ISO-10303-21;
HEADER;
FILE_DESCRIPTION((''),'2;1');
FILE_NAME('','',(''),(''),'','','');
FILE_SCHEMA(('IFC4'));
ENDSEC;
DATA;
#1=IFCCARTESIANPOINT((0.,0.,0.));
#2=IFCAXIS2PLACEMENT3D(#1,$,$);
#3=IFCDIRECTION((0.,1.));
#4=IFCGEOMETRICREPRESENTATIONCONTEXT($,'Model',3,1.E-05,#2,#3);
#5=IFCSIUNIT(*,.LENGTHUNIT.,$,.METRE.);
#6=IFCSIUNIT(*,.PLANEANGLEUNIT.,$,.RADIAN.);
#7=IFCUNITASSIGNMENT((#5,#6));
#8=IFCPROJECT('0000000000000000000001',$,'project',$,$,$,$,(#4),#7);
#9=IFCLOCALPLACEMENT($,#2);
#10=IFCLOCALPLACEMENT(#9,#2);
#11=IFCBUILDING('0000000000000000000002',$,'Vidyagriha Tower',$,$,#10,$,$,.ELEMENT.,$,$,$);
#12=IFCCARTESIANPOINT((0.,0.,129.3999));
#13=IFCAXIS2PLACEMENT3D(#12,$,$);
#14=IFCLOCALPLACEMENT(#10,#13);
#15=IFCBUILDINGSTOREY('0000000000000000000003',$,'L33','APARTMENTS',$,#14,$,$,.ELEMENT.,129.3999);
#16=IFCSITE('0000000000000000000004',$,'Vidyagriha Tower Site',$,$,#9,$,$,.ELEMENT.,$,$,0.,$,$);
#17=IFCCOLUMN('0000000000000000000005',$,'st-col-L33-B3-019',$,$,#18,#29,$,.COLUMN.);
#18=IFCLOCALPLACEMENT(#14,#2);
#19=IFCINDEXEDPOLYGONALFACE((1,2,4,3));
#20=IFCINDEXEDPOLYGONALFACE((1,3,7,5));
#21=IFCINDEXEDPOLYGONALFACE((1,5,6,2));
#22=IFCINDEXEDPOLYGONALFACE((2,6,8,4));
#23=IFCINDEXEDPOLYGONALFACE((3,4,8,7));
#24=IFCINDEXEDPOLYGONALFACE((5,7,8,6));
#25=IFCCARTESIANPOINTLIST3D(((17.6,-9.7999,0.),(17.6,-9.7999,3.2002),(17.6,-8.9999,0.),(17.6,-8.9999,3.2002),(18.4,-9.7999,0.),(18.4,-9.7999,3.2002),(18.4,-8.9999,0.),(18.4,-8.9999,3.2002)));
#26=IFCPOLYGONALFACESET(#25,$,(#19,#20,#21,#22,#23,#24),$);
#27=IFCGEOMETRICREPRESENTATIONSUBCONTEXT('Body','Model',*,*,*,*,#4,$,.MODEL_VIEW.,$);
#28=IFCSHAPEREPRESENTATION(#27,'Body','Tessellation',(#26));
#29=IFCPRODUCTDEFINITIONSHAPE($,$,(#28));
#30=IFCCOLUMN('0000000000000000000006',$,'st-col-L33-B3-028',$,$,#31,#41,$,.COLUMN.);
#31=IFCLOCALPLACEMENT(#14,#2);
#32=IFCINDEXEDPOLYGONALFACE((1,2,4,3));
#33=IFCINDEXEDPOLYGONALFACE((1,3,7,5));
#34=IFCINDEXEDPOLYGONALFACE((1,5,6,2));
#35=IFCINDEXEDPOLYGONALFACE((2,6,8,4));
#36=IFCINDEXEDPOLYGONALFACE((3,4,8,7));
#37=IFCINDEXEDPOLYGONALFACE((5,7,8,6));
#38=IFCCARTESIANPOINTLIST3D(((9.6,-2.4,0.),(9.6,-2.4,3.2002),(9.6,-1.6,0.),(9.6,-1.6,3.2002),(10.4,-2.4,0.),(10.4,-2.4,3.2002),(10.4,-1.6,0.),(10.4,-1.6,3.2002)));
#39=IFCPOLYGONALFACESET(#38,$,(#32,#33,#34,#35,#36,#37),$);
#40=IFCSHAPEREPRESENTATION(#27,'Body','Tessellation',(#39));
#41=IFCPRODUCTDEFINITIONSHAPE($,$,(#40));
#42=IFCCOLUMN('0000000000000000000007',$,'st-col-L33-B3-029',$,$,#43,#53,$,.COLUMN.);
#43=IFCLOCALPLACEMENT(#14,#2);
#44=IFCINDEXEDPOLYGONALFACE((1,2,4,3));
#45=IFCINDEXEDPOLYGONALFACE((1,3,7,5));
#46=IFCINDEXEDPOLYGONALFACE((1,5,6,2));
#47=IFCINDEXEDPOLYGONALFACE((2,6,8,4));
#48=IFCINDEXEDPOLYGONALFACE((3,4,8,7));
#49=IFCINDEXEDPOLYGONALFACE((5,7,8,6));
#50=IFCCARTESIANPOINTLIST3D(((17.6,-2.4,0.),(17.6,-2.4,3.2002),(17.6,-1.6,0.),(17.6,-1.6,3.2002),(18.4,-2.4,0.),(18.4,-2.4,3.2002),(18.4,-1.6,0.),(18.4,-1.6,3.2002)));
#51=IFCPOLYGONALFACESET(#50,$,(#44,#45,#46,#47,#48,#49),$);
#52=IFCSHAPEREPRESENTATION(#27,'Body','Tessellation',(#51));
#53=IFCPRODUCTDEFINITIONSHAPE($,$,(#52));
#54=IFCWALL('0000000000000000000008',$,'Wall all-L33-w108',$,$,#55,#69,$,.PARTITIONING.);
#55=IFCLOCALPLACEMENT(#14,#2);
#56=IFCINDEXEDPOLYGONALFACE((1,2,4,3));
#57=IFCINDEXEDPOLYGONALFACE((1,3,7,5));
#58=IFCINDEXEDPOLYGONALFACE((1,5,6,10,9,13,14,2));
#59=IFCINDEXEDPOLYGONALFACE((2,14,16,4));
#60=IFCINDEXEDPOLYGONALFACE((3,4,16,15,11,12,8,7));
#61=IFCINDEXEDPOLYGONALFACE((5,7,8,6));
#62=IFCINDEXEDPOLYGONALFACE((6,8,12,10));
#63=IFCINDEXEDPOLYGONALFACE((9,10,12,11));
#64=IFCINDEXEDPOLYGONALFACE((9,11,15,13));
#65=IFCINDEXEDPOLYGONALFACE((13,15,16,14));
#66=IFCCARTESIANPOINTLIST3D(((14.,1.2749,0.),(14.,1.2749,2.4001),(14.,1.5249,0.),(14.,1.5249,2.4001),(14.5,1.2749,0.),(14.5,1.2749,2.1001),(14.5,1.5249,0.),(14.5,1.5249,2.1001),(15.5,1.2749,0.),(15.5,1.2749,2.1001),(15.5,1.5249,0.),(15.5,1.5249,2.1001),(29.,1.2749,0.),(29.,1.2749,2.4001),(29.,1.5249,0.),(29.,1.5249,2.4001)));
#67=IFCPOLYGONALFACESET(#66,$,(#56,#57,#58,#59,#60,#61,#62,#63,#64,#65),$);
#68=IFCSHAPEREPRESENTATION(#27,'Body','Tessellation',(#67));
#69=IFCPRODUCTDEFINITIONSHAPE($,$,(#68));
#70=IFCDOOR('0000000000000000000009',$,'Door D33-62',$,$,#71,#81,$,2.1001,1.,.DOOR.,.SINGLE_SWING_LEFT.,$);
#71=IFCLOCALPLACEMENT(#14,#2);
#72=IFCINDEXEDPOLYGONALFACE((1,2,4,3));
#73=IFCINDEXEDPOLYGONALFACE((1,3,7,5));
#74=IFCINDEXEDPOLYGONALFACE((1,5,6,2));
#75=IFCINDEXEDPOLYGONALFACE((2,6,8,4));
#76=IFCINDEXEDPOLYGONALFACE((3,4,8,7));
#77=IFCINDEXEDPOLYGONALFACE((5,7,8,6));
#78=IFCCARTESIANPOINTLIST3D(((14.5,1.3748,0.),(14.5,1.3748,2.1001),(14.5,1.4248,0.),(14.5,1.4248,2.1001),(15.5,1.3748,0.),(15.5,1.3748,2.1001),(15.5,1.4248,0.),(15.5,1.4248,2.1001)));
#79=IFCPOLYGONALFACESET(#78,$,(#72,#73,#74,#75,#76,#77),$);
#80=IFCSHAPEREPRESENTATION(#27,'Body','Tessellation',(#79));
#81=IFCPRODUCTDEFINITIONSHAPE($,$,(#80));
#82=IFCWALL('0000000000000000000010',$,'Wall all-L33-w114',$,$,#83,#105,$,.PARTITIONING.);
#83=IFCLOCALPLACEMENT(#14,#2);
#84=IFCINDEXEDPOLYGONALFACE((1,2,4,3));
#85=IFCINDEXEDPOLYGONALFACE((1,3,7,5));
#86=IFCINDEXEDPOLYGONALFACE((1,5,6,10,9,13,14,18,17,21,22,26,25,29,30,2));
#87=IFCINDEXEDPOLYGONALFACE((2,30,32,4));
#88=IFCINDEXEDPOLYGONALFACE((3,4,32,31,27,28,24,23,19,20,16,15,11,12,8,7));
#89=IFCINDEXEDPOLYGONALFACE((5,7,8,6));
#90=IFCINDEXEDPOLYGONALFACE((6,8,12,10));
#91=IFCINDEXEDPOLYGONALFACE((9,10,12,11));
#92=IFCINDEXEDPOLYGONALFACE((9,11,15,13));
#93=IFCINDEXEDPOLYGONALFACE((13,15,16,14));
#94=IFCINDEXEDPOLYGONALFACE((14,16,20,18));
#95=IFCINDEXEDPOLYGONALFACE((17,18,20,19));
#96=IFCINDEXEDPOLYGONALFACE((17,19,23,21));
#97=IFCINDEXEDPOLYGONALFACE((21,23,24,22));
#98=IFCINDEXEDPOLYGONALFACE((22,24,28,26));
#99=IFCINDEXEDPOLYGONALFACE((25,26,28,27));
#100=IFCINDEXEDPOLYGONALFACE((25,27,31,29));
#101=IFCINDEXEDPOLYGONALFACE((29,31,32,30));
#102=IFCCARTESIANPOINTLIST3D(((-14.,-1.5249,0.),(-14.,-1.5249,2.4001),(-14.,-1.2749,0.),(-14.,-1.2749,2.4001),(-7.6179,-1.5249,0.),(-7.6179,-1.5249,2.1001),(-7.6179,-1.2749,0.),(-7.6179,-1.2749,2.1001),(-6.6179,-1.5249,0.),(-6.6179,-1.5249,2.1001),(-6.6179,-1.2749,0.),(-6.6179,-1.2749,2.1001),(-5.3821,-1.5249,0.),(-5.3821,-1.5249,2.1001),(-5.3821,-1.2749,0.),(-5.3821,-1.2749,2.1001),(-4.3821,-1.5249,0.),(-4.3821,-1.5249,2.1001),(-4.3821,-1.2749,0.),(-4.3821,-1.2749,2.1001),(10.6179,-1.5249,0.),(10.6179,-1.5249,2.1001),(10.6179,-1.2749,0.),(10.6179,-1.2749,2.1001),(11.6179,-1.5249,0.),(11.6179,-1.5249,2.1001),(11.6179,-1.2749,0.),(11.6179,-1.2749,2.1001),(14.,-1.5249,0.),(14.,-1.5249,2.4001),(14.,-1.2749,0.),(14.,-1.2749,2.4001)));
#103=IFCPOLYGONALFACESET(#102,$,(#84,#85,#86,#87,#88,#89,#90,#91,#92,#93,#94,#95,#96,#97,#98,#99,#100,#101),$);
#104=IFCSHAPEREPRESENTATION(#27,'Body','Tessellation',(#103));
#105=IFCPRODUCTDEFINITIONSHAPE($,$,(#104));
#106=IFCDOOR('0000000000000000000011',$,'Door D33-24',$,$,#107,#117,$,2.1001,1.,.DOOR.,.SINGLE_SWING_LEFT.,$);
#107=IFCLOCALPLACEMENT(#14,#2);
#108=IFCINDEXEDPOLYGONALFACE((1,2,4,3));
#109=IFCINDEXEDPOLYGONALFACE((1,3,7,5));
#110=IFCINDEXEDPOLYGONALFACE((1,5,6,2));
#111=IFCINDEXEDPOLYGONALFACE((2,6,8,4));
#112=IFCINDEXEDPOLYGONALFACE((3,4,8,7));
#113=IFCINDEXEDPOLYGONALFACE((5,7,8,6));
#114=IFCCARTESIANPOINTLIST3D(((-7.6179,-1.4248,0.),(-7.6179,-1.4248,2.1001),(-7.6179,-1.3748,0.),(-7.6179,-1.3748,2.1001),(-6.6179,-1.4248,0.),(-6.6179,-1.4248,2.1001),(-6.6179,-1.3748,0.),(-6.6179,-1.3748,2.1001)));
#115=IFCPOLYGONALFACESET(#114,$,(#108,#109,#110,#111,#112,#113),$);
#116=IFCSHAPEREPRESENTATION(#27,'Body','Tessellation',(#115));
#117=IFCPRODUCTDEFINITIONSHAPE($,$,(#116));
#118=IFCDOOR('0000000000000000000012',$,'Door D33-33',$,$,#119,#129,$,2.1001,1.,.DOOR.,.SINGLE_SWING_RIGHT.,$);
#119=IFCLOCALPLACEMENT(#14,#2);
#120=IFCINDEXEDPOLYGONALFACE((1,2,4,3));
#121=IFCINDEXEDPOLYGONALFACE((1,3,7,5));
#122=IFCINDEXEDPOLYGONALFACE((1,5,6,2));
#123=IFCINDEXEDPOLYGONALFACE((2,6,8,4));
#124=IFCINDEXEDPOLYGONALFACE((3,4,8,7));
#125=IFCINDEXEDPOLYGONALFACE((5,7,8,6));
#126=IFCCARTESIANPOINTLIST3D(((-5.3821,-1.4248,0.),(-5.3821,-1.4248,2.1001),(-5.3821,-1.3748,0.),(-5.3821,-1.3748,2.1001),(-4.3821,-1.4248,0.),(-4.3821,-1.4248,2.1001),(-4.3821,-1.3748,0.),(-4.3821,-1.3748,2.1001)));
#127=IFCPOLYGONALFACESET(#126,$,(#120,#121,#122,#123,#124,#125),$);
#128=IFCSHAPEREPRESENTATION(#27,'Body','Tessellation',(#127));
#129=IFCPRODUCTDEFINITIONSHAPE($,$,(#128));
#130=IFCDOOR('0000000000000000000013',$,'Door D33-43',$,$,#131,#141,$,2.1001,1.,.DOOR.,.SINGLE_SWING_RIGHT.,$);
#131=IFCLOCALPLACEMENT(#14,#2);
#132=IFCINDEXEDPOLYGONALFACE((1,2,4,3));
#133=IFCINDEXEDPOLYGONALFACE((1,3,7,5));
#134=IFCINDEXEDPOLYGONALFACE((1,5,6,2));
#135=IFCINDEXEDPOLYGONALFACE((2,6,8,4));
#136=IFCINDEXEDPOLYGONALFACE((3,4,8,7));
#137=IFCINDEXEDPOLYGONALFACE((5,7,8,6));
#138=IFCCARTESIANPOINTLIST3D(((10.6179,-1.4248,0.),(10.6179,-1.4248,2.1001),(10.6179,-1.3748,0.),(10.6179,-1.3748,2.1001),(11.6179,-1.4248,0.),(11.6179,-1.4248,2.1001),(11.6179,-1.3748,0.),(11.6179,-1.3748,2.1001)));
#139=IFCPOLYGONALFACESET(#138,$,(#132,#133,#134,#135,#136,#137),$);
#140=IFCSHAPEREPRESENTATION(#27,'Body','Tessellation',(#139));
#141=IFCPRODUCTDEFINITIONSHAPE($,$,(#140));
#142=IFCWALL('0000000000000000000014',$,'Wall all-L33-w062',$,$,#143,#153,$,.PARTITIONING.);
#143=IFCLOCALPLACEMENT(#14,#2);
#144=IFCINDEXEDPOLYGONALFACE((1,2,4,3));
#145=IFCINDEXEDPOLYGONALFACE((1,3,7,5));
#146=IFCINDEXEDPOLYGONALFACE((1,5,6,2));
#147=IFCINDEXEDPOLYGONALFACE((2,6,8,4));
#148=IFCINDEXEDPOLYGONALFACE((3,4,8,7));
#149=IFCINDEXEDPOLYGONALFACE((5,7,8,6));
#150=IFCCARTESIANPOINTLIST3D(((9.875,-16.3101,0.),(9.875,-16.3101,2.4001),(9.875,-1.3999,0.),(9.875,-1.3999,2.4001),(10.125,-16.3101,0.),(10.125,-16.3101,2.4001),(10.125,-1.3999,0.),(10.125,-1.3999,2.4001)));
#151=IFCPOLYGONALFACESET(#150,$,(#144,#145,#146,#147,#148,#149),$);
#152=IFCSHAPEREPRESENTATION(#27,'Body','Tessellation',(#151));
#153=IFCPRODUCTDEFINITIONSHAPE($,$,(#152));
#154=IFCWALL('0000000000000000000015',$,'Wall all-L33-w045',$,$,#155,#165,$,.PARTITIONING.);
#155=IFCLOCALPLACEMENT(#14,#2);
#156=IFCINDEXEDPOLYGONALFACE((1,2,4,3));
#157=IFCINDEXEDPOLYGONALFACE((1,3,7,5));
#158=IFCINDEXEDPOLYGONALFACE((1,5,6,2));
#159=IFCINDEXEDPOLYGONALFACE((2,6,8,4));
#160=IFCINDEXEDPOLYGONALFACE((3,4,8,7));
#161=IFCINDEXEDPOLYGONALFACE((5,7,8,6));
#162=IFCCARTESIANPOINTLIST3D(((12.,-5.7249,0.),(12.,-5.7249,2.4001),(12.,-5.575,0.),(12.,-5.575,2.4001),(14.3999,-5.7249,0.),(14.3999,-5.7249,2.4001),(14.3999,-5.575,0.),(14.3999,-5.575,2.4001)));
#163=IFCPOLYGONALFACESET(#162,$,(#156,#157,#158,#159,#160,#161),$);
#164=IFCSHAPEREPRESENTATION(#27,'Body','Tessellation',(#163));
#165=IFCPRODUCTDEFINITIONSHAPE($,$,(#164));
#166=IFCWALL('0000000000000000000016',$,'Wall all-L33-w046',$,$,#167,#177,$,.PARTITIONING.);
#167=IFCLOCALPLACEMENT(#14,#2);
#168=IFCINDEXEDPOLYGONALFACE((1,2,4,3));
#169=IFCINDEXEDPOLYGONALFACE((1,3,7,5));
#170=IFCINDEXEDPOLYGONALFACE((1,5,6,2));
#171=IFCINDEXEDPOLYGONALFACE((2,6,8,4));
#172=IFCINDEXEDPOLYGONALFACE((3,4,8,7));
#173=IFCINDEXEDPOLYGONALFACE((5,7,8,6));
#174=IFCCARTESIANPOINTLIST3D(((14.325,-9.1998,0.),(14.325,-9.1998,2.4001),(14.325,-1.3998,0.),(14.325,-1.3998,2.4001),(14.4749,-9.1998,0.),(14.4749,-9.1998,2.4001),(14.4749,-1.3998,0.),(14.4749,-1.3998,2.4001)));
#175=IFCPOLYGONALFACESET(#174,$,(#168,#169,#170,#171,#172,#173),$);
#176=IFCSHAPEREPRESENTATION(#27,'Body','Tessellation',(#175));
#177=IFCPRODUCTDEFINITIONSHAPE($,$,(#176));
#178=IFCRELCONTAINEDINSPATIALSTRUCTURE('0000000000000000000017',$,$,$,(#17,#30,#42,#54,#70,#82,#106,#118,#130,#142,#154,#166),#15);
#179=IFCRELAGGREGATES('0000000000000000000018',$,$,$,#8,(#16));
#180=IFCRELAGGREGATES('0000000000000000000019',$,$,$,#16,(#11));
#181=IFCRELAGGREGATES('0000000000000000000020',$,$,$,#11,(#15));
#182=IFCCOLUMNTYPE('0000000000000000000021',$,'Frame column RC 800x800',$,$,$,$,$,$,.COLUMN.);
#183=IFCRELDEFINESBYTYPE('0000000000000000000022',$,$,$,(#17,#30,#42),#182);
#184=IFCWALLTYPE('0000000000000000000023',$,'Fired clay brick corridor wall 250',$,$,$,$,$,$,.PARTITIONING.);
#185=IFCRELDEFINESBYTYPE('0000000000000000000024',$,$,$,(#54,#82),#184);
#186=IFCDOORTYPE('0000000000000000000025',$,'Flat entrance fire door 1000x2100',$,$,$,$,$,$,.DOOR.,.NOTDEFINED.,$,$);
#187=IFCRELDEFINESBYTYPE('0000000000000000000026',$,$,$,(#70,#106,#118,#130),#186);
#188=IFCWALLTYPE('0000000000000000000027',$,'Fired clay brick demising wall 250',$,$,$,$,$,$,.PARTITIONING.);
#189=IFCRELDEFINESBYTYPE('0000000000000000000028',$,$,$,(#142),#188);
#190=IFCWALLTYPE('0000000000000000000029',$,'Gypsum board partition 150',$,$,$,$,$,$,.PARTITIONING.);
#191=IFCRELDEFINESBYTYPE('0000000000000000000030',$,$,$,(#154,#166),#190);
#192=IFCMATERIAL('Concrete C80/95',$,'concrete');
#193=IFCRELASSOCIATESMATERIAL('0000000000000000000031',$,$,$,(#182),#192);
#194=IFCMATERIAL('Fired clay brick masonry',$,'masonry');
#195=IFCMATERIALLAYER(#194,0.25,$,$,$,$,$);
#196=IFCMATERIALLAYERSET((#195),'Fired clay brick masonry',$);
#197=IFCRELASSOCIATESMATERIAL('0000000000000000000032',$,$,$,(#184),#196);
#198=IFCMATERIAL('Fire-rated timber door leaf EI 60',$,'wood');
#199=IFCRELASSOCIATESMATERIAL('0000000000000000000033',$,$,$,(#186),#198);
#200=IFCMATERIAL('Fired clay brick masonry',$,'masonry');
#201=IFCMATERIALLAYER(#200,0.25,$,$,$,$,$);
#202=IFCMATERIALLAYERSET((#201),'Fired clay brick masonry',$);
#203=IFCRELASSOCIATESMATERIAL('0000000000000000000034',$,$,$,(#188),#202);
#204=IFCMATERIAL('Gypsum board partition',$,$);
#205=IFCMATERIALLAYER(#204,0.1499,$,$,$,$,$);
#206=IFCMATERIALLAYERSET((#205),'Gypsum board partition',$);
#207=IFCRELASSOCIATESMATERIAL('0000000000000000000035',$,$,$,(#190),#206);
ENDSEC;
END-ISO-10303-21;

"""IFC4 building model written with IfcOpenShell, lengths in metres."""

from ifc_helpers import new_model, si_unit, direction, frame, frame_2d, origin, origin_2d, place, context, subcontext, project, spatial, rectangle, extrude, material, layer, layer_set, material_profile, profile_set, type_object, element, fill, save


model = new_model("IFC4")

# Units and contexts
model_context = context("Model", 3, precision=1e-05, world=origin(), true_north=direction((0.0, 1.0)))
body_context = subcontext(model_context, "Body", "Model", "MODEL_VIEW")
ifc_project = project(units=[si_unit("LENGTHUNIT", "METRE"), si_unit("PLANEANGLEUNIT", "RADIAN")], contexts=[model_context])

# Site, building, storey
site_placement = place(None, origin())
site = spatial("IfcSite", under=ifc_project, at=site_placement, Name="Vidyagriha Tower Site", CompositionType="ELEMENT", RefElevation=0.0)
building_placement = place(site_placement, origin())
building = spatial("IfcBuilding", under=site, at=building_placement, Name="Vidyagriha Tower", CompositionType="ELEMENT")
storey_placement = place(building_placement, frame((0.0, 0.0, 129.3999)))
storey = spatial("IfcBuildingStorey", under=building, at=storey_placement, Name="L33", Description="APARTMENTS", CompositionType="ELEMENT", Elevation=129.3999)

# Columns
ifc_material_1 = material(Name="Concrete C80/95", Category="concrete")
ifc_material_profile = material_profile(ifc_material_1, rectangle(XDim=0.8, YDim=0.8, at=origin_2d()), Name="RC 800x800")
ifc_profile_set = profile_set([ifc_material_profile], Name="Concrete C80/95")
column_type = type_object("IfcColumnType", Name="Frame column RC 800x800", PredefinedType="COLUMN", material=ifc_profile_set)
for number, where, name in (
    (1, (18.0, -9.3999, 0.0), "st-col-L33-B3-019"),
    (2, (10.0, -2.0, 0.0), "st-col-L33-B3-028"),
    (3, (18.0, -2.0, 0.0), "st-col-L33-B3-029"),
):
    element("IfcColumn", number, at=place(storey_placement, frame(where)), inside=storey, type_object=column_type, Name=name, PredefinedType="COLUMN", context=body_context, shape_type="SweptSolid", body=[
        extrude(rectangle(XDim=0.8, YDim=0.8, at=origin_2d()), origin(), (0.0, 0.0, 1.0), 3.2002),
    ])

# Wall, opening, door
ifc_material_2 = material(Name="Fired clay brick masonry", Category="masonry")
ifc_layer_1 = layer(ifc_material_2, 0.25)
ifc_layer_set_1 = layer_set([ifc_layer_1], Name="Fired clay brick masonry")
wall_type_1 = type_object("IfcWallType", Name="Fired clay brick corridor wall 250", PredefinedType="PARTITIONING", material=ifc_layer_set_1)
wall_1_placement = place(storey_placement, frame((14.0, 1.3999, 0.0)))
wall_1 = element("IfcWall", 4, at=wall_1_placement, inside=storey, type_object=wall_type_1, Name="Wall all-L33-w108", PredefinedType="PARTITIONING", context=body_context, shape_type="SweptSolid", body=[
    extrude(rectangle(XDim=15.0, YDim=0.25, at=frame_2d((7.5, 0.0))), origin(), (0.0, 0.0, 1.0), 2.4001),
])
opening_1_placement = place(wall_1_placement, frame((0.5, 0.0, 0.0)))
opening_1 = element("IfcOpeningElement", 5, at=opening_1_placement, cuts=wall_1, PredefinedType="OPENING", context=body_context, shape_type="SweptSolid", body=[
    extrude(rectangle(XDim=1.0, YDim=2.1001, at=frame_2d((0.5, 1.05))), frame((0.0, 0.135, 0.0), z_axis=(0.0, -1.0, 0.0), x_axis=(1.0, 0.0, 0.0)), (0.0, 0.0, 1.0), 0.27),
])
ifc_material_3 = material(Name="Fire-rated timber door leaf EI 60", Category="wood")
door_type_1 = type_object("IfcDoorType", Name="Flat entrance fire door 1000x2100", OperationType="NOTDEFINED", PredefinedType="DOOR", material=ifc_material_3)
door_1_placement = place(opening_1_placement, origin())
door_1 = element("IfcDoor", 6, at=door_1_placement, inside=storey, type_object=door_type_1, Name="Door D33-62", OperationType="SINGLE_SWING_LEFT", OverallHeight=2.1001, OverallWidth=1.0, PredefinedType="DOOR", context=body_context, shape_type="SweptSolid", body=[
    extrude(rectangle(XDim=1.0, YDim=2.1001, at=frame_2d((0.5, 1.05))), frame((0.0, 0.0249, 0.0), z_axis=(0.0, -1.0, 0.0), x_axis=(1.0, 0.0, 0.0)), (0.0, 0.0, 1.0), 0.05),
])
fill(opening_1, door_1)

# Wall, openings, doors
wall_2_placement = place(storey_placement, frame((14.0, -1.3999, 0.0), z_axis=(0.0, 0.0, 1.0), x_axis=(-1.0, 0.0, 0.0)))
wall_2 = element("IfcWall", 7, at=wall_2_placement, inside=storey, type_object=wall_type_1, Name="Wall all-L33-w114", PredefinedType="PARTITIONING", context=body_context, shape_type="SweptSolid", body=[
    extrude(rectangle(XDim=28.0, YDim=0.25, at=frame_2d((14.0, 0.0))), origin(), (0.0, 0.0, 1.0), 2.4001),
])
opening_2_placement = place(wall_2_placement, frame((20.6179, 0.0, 0.0)))
opening_2 = element("IfcOpeningElement", 8, at=opening_2_placement, cuts=wall_2, PredefinedType="OPENING", context=body_context, shape_type="SweptSolid", body=[
    extrude(rectangle(XDim=1.0, YDim=2.1001, at=frame_2d((0.5, 1.05))), frame((0.0, 0.135, 0.0), z_axis=(0.0, -1.0, 0.0), x_axis=(1.0, 0.0, 0.0)), (0.0, 0.0, 1.0), 0.27),
])
opening_3_placement = place(wall_2_placement, frame((18.3821, 0.0, 0.0)))
opening_3 = element("IfcOpeningElement", 9, at=opening_3_placement, cuts=wall_2, PredefinedType="OPENING", context=body_context, shape_type="SweptSolid", body=[
    extrude(rectangle(XDim=1.0, YDim=2.1001, at=frame_2d((0.5, 1.05))), frame((0.0, 0.135, 0.0), z_axis=(0.0, -1.0, 0.0), x_axis=(1.0, 0.0, 0.0)), (0.0, 0.0, 1.0), 0.27),
])
opening_4_placement = place(wall_2_placement, frame((2.3821, 0.0, 0.0)))
opening_4 = element("IfcOpeningElement", 10, at=opening_4_placement, cuts=wall_2, PredefinedType="OPENING", context=body_context, shape_type="SweptSolid", body=[
    extrude(rectangle(XDim=1.0, YDim=2.1001, at=frame_2d((0.5, 1.05))), frame((0.0, 0.135, 0.0), z_axis=(0.0, -1.0, 0.0), x_axis=(1.0, 0.0, 0.0)), (0.0, 0.0, 1.0), 0.27),
])
door_2_placement = place(opening_2_placement, origin())
door_2 = element("IfcDoor", 11, at=door_2_placement, inside=storey, type_object=door_type_1, Name="Door D33-24", OperationType="SINGLE_SWING_LEFT", OverallHeight=2.1001, OverallWidth=1.0, PredefinedType="DOOR", context=body_context, shape_type="SweptSolid", body=[
    extrude(rectangle(XDim=1.0, YDim=2.1001, at=frame_2d((0.5, 1.05))), frame((0.0, 0.0249, 0.0), z_axis=(0.0, -1.0, 0.0), x_axis=(1.0, 0.0, 0.0)), (0.0, 0.0, 1.0), 0.05),
])
fill(opening_2, door_2)
door_3_placement = place(opening_3_placement, origin())
door_3 = element("IfcDoor", 12, at=door_3_placement, inside=storey, type_object=door_type_1, Name="Door D33-33", OperationType="SINGLE_SWING_RIGHT", OverallHeight=2.1001, OverallWidth=1.0, PredefinedType="DOOR", context=body_context, shape_type="SweptSolid", body=[
    extrude(rectangle(XDim=1.0, YDim=2.1001, at=frame_2d((0.5, 1.05))), frame((0.0, 0.0249, 0.0), z_axis=(0.0, -1.0, 0.0), x_axis=(1.0, 0.0, 0.0)), (0.0, 0.0, 1.0), 0.05),
])
fill(opening_3, door_3)
door_4_placement = place(opening_4_placement, origin())
door_4 = element("IfcDoor", 13, at=door_4_placement, inside=storey, type_object=door_type_1, Name="Door D33-43", OperationType="SINGLE_SWING_RIGHT", OverallHeight=2.1001, OverallWidth=1.0, PredefinedType="DOOR", context=body_context, shape_type="SweptSolid", body=[
    extrude(rectangle(XDim=1.0, YDim=2.1001, at=frame_2d((0.5, 1.05))), frame((0.0, 0.0249, 0.0), z_axis=(0.0, -1.0, 0.0), x_axis=(1.0, 0.0, 0.0)), (0.0, 0.0, 1.0), 0.05),
])
fill(opening_4, door_4)

# Walls
ifc_material_4 = material(Name="Fired clay brick masonry", Category="masonry")
ifc_layer_2 = layer(ifc_material_4, 0.25)
ifc_layer_set_2 = layer_set([ifc_layer_2], Name="Fired clay brick masonry")
wall_type_2 = type_object("IfcWallType", Name="Fired clay brick demising wall 250", PredefinedType="PARTITIONING", material=ifc_layer_set_2)
wall_3_placement = place(storey_placement, frame((10.0, -1.3999, 0.0), z_axis=(0.0, 0.0, 1.0), x_axis=(0.0, -1.0, 0.0)))
element("IfcWall", 14, at=wall_3_placement, inside=storey, type_object=wall_type_2, Name="Wall all-L33-w062", PredefinedType="PARTITIONING", context=body_context, shape_type="SweptSolid", body=[
    extrude(rectangle(XDim=14.9102, YDim=0.25, at=frame_2d((7.4551, 0.0))), origin(), (0.0, 0.0, 1.0), 2.4001),
])
ifc_material_5 = material(Name="Gypsum board partition")
ifc_layer_3 = layer(ifc_material_5, 0.1499)
ifc_layer_set_3 = layer_set([ifc_layer_3], Name="Gypsum board partition")
wall_type_3 = type_object("IfcWallType", Name="Gypsum board partition 150", PredefinedType="PARTITIONING", material=ifc_layer_set_3)
wall_4_placement = place(storey_placement, frame((14.3999, -5.6499, 0.0), z_axis=(0.0, 0.0, 1.0), x_axis=(-1.0, 0.0, 0.0)))
element("IfcWall", 15, at=wall_4_placement, inside=storey, type_object=wall_type_3, Name="Wall all-L33-w045", PredefinedType="PARTITIONING", context=body_context, shape_type="SweptSolid", body=[
    extrude(rectangle(XDim=2.3999, YDim=0.1499, at=frame_2d((1.2, 0.0))), origin(), (0.0, 0.0, 1.0), 2.4001),
])
for number, where, z_axis, x_axis, name in (
    (16, (14.3999, -1.3999, 0.0), (0.0, 0.0, 1.0), (0.0, -1.0, 0.0), "Wall all-L33-w046"),
):
    element("IfcWall", number, at=place(storey_placement, frame(where, z_axis=z_axis, x_axis=x_axis)), inside=storey, type_object=wall_type_3, Name=name, PredefinedType="PARTITIONING", context=body_context, shape_type="SweptSolid", body=[
        extrude(rectangle(XDim=7.8, YDim=0.1499, at=frame_2d((3.8999, 0.0))), origin(), (0.0, 0.0, 1.0), 2.4001),
    ])

save(model, "model.ifc")
